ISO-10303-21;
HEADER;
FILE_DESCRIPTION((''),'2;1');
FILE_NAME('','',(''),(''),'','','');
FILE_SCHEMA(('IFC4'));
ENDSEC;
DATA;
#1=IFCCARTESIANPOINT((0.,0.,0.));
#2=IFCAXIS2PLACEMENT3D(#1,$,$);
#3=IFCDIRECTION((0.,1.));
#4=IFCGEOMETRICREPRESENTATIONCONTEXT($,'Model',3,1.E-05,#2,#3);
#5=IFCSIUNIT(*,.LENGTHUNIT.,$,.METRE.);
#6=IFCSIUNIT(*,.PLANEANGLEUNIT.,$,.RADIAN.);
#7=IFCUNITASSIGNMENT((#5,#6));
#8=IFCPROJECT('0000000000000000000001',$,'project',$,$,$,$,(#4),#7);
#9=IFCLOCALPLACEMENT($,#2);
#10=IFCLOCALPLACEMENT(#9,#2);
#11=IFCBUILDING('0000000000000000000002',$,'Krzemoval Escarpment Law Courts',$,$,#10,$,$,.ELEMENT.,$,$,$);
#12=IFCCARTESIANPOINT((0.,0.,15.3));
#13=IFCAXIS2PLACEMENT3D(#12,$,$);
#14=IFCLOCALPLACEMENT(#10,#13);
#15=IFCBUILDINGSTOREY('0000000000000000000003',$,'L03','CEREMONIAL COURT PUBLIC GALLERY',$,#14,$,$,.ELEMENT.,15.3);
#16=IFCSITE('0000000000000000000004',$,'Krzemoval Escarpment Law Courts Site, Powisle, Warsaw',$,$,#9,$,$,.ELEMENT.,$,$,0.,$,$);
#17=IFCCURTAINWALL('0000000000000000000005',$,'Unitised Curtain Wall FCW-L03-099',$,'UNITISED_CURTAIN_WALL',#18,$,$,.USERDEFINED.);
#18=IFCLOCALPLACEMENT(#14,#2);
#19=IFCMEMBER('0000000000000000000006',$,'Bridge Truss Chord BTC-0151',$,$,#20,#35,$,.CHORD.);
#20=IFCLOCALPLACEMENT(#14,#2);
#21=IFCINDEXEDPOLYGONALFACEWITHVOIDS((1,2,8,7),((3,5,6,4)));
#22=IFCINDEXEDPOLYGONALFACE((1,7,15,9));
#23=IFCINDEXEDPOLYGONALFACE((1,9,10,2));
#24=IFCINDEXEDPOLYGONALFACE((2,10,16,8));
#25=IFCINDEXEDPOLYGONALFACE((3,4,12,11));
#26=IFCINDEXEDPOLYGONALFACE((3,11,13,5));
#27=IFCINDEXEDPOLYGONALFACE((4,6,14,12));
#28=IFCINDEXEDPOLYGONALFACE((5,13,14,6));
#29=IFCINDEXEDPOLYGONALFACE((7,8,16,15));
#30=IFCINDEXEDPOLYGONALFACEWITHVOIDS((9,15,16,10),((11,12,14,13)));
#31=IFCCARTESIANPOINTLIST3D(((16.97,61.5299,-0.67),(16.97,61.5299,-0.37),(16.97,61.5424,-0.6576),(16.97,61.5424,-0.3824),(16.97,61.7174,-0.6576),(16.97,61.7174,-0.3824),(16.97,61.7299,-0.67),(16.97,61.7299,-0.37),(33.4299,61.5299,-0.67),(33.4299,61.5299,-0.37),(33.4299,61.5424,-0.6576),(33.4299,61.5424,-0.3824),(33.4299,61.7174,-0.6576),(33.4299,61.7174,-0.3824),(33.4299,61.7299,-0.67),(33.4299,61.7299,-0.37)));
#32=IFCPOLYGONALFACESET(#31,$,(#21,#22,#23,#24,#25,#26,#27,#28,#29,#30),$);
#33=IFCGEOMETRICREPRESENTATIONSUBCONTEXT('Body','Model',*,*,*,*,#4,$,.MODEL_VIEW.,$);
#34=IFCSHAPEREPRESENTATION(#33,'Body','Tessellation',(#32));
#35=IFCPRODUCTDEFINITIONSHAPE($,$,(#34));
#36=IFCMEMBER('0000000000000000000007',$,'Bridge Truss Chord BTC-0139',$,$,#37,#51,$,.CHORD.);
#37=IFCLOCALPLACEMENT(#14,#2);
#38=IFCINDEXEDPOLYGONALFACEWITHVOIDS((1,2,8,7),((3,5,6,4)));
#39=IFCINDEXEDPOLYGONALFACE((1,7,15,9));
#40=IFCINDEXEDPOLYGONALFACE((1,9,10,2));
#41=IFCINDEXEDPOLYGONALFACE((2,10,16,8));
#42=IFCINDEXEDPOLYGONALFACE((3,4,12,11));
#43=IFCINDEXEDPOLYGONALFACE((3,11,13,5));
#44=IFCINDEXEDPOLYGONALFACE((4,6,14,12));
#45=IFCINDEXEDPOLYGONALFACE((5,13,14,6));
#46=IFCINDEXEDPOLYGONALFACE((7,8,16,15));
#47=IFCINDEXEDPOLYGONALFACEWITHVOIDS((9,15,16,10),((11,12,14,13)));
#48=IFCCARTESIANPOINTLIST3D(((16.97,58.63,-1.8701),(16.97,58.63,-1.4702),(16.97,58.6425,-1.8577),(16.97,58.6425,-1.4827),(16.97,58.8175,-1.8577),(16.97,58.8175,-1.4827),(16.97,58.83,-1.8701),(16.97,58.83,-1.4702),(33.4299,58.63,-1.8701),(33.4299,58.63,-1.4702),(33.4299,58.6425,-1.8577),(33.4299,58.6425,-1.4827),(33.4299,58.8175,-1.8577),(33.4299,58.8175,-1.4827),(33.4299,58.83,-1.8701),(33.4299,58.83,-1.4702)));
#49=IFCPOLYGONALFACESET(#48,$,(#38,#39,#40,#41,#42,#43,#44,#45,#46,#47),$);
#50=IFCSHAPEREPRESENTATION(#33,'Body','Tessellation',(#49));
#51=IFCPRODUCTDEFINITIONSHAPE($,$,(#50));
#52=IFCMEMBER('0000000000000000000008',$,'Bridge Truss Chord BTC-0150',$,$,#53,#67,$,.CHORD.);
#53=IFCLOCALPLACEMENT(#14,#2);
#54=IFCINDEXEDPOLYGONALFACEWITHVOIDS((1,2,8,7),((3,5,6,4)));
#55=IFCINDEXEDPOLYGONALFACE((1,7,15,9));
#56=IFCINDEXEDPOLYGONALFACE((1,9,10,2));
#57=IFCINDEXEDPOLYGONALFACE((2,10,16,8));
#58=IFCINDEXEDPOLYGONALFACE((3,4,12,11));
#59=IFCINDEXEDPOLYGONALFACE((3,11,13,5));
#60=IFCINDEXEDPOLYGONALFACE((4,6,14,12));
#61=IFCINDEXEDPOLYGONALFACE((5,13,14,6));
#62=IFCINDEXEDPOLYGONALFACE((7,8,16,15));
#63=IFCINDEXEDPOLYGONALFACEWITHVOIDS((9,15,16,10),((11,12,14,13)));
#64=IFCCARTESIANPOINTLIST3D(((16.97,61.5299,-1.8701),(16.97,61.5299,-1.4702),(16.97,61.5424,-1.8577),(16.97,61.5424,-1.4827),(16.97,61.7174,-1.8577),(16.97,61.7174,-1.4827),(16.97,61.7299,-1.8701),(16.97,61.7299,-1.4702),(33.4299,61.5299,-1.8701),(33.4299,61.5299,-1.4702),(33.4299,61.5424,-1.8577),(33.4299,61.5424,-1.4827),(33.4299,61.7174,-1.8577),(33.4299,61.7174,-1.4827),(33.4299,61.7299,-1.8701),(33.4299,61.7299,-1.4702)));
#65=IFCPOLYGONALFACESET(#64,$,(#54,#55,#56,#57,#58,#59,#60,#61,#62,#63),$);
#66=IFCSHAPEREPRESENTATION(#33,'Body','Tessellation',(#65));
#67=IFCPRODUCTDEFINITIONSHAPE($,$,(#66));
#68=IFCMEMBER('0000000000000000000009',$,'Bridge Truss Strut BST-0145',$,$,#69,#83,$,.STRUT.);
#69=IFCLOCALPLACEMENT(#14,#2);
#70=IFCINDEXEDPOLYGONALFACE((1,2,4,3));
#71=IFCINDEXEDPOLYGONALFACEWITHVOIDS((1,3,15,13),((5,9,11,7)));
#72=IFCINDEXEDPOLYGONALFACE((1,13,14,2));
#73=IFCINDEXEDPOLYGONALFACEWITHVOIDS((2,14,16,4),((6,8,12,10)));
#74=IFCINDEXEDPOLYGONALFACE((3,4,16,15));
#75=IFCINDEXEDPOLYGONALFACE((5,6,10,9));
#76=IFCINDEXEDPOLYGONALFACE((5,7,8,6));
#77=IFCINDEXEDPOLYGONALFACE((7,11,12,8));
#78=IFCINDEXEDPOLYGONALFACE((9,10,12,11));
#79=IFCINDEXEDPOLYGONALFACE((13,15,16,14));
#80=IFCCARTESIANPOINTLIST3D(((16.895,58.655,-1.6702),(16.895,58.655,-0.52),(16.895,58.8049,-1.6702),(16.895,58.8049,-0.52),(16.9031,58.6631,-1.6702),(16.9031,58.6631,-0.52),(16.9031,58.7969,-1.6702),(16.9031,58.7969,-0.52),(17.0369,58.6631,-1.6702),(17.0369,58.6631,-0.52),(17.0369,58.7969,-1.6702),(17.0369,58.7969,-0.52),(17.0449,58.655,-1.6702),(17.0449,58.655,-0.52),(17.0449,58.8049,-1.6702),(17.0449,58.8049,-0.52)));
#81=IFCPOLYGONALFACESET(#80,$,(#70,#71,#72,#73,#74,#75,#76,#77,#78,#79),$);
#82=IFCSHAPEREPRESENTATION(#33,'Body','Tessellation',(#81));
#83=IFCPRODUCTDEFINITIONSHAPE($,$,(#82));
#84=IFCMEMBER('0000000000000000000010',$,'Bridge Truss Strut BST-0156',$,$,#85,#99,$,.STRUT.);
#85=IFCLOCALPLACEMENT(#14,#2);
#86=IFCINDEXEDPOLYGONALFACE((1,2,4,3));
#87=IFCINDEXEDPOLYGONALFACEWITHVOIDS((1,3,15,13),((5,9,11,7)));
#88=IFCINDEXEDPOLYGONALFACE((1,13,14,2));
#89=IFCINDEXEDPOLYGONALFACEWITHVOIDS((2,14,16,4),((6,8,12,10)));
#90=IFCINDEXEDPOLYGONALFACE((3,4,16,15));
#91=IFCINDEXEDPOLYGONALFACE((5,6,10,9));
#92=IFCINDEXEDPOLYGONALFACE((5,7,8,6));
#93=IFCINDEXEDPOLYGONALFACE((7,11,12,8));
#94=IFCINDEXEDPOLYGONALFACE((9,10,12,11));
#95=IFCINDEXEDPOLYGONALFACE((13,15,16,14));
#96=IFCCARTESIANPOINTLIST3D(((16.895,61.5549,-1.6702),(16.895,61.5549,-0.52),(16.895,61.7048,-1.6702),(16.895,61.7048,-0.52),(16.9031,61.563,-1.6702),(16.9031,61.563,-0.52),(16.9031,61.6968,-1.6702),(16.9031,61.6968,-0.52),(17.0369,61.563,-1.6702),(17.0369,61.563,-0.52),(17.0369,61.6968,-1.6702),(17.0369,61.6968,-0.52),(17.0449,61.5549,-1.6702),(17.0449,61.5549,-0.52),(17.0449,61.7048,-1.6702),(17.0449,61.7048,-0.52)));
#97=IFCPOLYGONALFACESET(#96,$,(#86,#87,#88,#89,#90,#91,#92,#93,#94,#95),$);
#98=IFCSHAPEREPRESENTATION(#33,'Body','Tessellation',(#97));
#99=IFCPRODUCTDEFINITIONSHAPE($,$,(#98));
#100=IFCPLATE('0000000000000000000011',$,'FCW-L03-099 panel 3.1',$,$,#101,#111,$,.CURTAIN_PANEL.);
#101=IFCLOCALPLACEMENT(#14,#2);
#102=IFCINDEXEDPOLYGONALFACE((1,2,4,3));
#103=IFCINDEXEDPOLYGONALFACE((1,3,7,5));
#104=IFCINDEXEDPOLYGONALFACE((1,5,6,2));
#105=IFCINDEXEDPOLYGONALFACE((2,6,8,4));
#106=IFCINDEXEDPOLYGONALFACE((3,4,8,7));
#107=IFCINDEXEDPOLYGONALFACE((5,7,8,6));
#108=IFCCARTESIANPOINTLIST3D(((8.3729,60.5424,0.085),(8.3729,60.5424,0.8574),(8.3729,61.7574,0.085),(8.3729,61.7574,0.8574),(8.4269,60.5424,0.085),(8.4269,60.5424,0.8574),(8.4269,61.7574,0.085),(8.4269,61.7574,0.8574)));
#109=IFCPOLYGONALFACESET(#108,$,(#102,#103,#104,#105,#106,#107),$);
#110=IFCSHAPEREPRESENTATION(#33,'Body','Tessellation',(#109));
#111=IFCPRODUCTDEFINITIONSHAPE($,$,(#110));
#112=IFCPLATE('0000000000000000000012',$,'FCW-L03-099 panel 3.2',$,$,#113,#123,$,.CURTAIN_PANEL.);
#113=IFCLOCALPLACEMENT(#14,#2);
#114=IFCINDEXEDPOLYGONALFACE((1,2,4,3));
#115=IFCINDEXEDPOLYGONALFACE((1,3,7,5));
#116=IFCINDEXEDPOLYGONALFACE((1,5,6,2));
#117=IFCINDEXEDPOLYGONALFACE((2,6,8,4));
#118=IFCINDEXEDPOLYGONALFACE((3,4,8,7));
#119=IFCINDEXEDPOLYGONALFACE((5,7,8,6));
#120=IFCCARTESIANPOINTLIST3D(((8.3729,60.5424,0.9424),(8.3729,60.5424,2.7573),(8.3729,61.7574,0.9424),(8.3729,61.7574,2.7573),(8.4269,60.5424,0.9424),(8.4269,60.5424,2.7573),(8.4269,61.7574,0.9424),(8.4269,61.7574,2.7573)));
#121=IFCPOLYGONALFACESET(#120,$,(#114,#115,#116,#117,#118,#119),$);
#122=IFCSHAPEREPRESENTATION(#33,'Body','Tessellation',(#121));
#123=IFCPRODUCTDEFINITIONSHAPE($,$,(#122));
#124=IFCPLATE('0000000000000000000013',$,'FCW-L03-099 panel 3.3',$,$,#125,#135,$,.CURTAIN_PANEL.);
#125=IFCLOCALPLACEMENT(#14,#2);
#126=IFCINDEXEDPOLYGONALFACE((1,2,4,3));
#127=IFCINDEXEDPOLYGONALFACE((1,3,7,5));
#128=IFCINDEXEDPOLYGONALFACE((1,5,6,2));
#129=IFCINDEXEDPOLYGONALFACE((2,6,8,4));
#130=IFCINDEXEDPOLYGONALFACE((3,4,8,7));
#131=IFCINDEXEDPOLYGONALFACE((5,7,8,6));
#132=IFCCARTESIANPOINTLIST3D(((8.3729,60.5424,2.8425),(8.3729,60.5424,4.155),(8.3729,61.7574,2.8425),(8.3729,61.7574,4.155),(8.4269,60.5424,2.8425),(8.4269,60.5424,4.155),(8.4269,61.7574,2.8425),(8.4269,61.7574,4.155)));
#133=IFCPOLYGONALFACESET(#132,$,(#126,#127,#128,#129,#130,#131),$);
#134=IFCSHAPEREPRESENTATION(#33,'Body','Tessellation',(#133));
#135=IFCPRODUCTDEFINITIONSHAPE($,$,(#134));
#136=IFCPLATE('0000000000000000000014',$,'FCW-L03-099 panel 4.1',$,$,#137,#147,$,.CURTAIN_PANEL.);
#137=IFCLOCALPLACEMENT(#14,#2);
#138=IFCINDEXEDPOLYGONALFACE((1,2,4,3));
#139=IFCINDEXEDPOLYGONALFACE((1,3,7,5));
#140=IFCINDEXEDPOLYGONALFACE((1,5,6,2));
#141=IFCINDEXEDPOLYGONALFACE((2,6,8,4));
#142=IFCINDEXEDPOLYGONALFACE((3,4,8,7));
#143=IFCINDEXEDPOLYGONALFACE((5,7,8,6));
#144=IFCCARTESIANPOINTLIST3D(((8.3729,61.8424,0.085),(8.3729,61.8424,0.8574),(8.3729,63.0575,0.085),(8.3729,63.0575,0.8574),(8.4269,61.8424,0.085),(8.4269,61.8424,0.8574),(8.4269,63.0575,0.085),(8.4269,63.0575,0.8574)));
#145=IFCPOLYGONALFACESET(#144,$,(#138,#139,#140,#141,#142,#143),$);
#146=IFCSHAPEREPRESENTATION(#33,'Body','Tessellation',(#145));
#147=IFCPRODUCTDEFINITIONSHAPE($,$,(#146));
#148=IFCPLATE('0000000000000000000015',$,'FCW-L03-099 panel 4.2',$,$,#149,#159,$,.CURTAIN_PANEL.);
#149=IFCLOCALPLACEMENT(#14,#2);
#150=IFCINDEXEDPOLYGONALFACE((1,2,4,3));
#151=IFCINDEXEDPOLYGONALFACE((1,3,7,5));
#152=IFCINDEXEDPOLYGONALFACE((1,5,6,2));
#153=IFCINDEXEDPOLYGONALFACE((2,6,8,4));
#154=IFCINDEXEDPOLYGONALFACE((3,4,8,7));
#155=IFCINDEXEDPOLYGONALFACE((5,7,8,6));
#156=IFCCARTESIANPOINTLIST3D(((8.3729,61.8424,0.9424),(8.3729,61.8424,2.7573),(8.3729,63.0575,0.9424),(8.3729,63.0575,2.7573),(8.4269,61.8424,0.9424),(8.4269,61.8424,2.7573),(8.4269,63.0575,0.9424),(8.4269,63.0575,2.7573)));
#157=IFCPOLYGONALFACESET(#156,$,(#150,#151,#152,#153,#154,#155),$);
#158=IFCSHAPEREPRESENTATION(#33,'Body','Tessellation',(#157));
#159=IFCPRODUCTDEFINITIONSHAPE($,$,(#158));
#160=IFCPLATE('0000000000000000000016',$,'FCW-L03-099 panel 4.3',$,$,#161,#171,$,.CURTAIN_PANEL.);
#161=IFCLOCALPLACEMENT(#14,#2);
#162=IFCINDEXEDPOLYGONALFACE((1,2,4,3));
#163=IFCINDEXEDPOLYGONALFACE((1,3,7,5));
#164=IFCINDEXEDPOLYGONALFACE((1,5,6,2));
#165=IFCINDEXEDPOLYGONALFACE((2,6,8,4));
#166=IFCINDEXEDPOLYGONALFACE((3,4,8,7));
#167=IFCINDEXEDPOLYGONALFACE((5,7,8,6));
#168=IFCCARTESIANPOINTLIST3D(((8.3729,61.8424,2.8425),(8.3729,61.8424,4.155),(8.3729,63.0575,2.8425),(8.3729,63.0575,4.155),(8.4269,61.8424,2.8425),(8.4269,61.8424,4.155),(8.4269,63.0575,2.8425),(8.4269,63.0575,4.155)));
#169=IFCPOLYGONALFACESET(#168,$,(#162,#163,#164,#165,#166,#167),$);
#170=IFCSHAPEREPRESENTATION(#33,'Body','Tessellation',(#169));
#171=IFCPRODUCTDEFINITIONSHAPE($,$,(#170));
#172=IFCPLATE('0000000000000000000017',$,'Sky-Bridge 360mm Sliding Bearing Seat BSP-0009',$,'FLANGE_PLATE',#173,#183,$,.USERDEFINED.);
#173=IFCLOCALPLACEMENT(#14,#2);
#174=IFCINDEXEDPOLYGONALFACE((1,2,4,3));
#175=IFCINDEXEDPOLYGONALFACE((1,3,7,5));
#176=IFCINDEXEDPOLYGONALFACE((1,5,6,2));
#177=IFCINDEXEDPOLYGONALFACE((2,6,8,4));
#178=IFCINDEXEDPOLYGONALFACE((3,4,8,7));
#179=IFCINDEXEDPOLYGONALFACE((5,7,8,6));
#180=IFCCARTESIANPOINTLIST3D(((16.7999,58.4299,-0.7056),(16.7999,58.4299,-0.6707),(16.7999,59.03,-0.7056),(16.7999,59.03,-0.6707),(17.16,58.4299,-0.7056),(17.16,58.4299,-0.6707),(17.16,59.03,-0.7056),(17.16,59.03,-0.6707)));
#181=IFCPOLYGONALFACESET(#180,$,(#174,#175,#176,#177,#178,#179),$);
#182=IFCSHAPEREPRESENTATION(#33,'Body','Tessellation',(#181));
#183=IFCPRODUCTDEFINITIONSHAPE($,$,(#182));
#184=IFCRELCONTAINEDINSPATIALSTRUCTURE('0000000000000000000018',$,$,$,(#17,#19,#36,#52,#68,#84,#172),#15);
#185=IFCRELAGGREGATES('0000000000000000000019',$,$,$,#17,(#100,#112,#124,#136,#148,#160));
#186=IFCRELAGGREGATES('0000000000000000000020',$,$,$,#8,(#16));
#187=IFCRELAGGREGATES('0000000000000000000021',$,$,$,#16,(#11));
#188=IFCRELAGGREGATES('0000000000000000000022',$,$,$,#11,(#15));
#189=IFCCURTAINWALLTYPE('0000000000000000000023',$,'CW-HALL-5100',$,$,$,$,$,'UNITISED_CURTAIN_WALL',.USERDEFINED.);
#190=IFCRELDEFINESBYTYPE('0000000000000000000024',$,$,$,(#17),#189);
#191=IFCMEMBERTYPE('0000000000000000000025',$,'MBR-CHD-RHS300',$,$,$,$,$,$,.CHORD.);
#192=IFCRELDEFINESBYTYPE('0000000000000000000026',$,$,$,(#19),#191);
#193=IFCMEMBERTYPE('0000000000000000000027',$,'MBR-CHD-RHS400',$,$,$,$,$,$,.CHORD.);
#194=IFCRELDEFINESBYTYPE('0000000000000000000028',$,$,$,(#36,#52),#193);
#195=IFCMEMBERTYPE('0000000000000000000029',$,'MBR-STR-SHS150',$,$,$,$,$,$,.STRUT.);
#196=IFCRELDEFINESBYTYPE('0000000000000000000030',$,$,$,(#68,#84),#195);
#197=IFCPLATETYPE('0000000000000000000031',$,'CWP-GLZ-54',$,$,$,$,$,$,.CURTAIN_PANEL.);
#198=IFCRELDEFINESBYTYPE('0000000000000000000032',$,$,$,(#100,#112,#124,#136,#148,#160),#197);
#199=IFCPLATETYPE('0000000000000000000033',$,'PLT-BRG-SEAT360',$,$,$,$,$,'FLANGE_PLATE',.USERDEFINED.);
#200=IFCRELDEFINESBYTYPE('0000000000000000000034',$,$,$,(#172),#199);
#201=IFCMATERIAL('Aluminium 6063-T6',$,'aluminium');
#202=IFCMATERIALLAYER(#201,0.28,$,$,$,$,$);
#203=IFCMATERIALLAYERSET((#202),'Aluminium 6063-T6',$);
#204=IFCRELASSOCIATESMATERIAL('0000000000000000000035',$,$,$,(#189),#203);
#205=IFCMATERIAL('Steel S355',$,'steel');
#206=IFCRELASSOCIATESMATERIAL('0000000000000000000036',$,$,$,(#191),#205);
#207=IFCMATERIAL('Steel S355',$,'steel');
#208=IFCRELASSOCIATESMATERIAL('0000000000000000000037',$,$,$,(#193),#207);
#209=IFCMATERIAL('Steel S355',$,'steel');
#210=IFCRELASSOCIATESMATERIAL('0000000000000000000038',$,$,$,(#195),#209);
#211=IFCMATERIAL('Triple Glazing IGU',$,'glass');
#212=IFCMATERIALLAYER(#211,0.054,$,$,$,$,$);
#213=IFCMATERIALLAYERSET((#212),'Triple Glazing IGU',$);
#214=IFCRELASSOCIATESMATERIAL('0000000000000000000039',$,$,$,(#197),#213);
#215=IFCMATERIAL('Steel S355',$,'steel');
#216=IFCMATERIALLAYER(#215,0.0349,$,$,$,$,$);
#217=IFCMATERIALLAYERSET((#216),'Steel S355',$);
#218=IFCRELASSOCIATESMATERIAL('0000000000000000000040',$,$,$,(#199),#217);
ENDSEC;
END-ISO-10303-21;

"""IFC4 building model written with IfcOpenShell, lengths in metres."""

from ifc_helpers import new_model, si_unit, direction, frame, origin, origin_2d, place, context, subcontext, project, spatial, rectangle, hollow_rectangle, extrude, material, layer, layer_set, material_profile, profile_set, type_object, element, aggregate, save


model = new_model("IFC4")

# Units and contexts
model_context = context("Model", 3, precision=1e-05, world=origin(), true_north=direction((0.0, 1.0)))
body_context = subcontext(model_context, "Body", "Model", "MODEL_VIEW")
ifc_project = project(units=[si_unit("LENGTHUNIT", "METRE"), si_unit("PLANEANGLEUNIT", "RADIAN")], contexts=[model_context])

# Site, building, storey
site_placement = place(None, origin())
site = spatial("IfcSite", under=ifc_project, at=site_placement, Name="Krzemoval Escarpment Law Courts Site, Powisle, Warsaw", CompositionType="ELEMENT", RefElevation=0.0)
building_placement = place(site_placement, origin())
building = spatial("IfcBuilding", under=site, at=building_placement, Name="Krzemoval Escarpment Law Courts", CompositionType="ELEMENT")
storey_placement = place(building_placement, frame((0.0, 0.0, 15.3)))
storey = spatial("IfcBuildingStorey", under=building, at=storey_placement, Name="L03", Description="CEREMONIAL COURT PUBLIC GALLERY", CompositionType="ELEMENT", Elevation=15.3)

# Curtain wall
ifc_material_1 = material(Name="Aluminium 6063-T6", Category="aluminium")
ifc_layer_1 = layer(ifc_material_1, 0.28)
ifc_layer_set_1 = layer_set([ifc_layer_1], Name="Aluminium 6063-T6")
curtain_wall_type = type_object("IfcCurtainWallType", Name="CW-HALL-5100", ElementType="UNITISED_CURTAIN_WALL", PredefinedType="USERDEFINED", material=ifc_layer_set_1)
curtain_wall_placement = place(storey_placement, origin())
curtain_wall = element("IfcCurtainWall", 1, at=curtain_wall_placement, inside=storey, type_object=curtain_wall_type, Name="Unitised Curtain Wall FCW-L03-099", ObjectType="UNITISED_CURTAIN_WALL", PredefinedType="USERDEFINED")

# Members
ifc_material_2 = material(Name="Steel S355", Category="steel")
ifc_material_profile_1 = material_profile(ifc_material_2, hollow_rectangle(XDim=0.2, YDim=0.3, WallThickness=0.0125, at=origin_2d()), Name="RHS 300x200x12.5")
ifc_profile_set_1 = profile_set([ifc_material_profile_1], Name="Steel S355")
member_type_1 = type_object("IfcMemberType", Name="MBR-CHD-RHS300", PredefinedType="CHORD", material=ifc_profile_set_1)
for number, where, z_axis, x_axis, name in (
    (2, (16.97, 61.6299, -0.52), (1.0, 0.0, 0.0), (0.0, 1.0, 0.0), "Bridge Truss Chord BTC-0151"),
):
    element("IfcMember", number, at=place(storey_placement, frame(where, z_axis=z_axis, x_axis=x_axis)), inside=storey, type_object=member_type_1, Name=name, PredefinedType="CHORD", context=body_context, shape_type="SweptSolid", body=[
        extrude(hollow_rectangle(XDim=0.2, YDim=0.3, WallThickness=0.0125, at=origin_2d()), origin(), (0.0, 0.0, 1.0), 16.46),
    ])
ifc_material_3 = material(Name="Steel S355", Category="steel")
ifc_material_profile_2 = material_profile(ifc_material_3, hollow_rectangle(XDim=0.2, YDim=0.3999, WallThickness=0.0125, at=origin_2d()), Name="RHS 400x200x12.5")
ifc_profile_set_2 = profile_set([ifc_material_profile_2], Name="Steel S355")
member_type_2 = type_object("IfcMemberType", Name="MBR-CHD-RHS400", PredefinedType="CHORD", material=ifc_profile_set_2)
for number, where, z_axis, x_axis, name in (
    (3, (16.97, 58.73, -1.6702), (1.0, 0.0, 0.0), (0.0, 1.0, 0.0), "Bridge Truss Chord BTC-0139"),
    (4, (16.97, 61.6299, -1.6702), (1.0, 0.0, 0.0), (0.0, 1.0, 0.0), "Bridge Truss Chord BTC-0150"),
):
    element("IfcMember", number, at=place(storey_placement, frame(where, z_axis=z_axis, x_axis=x_axis)), inside=storey, type_object=member_type_2, Name=name, PredefinedType="CHORD", context=body_context, shape_type="SweptSolid", body=[
        extrude(hollow_rectangle(XDim=0.2, YDim=0.3999, WallThickness=0.0125, at=origin_2d()), origin(), (0.0, 0.0, 1.0), 16.46),
    ])
ifc_material_4 = material(Name="Steel S355", Category="steel")
ifc_material_profile_3 = material_profile(ifc_material_4, hollow_rectangle(XDim=0.1499, YDim=0.1499, WallThickness=0.0081, at=origin_2d()), Name="SHS 150x150x8")
ifc_profile_set_3 = profile_set([ifc_material_profile_3], Name="Steel S355")
member_type_3 = type_object("IfcMemberType", Name="MBR-STR-SHS150", PredefinedType="STRUT", material=ifc_profile_set_3)
for number, where, z_axis, x_axis, name in (
    (5, (16.97, 58.73, -1.6702), (0.0, 0.0, 1.0), (1.0, 0.0, 0.0), "Bridge Truss Strut BST-0145"),
    (6, (16.97, 61.6299, -1.6702), (0.0, 0.0, 1.0), (1.0, 0.0, 0.0), "Bridge Truss Strut BST-0156"),
):
    element("IfcMember", number, at=place(storey_placement, frame(where, z_axis=z_axis, x_axis=x_axis)), inside=storey, type_object=member_type_3, Name=name, PredefinedType="STRUT", context=body_context, shape_type="SweptSolid", body=[
        extrude(hollow_rectangle(XDim=0.1499, YDim=0.1499, WallThickness=0.0081, at=origin_2d()), origin(), (0.0, 0.0, 1.0), 1.1501),
    ])

# Plates
ifc_material_5 = material(Name="Triple Glazing IGU", Category="glass")
ifc_layer_2 = layer(ifc_material_5, 0.054)
ifc_layer_set_2 = layer_set([ifc_layer_2], Name="Triple Glazing IGU")
plate_type_1 = type_object("IfcPlateType", Name="CWP-GLZ-54", PredefinedType="CURTAIN_PANEL", material=ifc_layer_set_2)
plate_1_placement = place(storey_placement, frame((8.3999, 61.1499, 0.085), z_axis=(0.0, 0.0, 1.0), x_axis=(0.0, 1.0, 0.0)))
plate_1 = element("IfcPlate", 7, at=plate_1_placement, type_object=plate_type_1, Name="FCW-L03-099 panel 3.1", PredefinedType="CURTAIN_PANEL", context=body_context, shape_type="SweptSolid", body=[
    extrude(rectangle(XDim=1.2151, YDim=0.054, at=origin_2d()), origin(), (0.0, 0.0, 1.0), 0.7725),
])
plate_2_placement = place(storey_placement, frame((8.3999, 61.1499, 0.9424), z_axis=(0.0, 0.0, 1.0), x_axis=(0.0, 1.0, 0.0)))
plate_2 = element("IfcPlate", 8, at=plate_2_placement, type_object=plate_type_1, Name="FCW-L03-099 panel 3.2", PredefinedType="CURTAIN_PANEL", context=body_context, shape_type="SweptSolid", body=[
    extrude(rectangle(XDim=1.2151, YDim=0.054, at=origin_2d()), origin(), (0.0, 0.0, 1.0), 1.8149),
])
plate_3_placement = place(storey_placement, frame((8.3999, 61.1499, 2.8425), z_axis=(0.0, 0.0, 1.0), x_axis=(0.0, 1.0, 0.0)))
plate_3 = element("IfcPlate", 9, at=plate_3_placement, type_object=plate_type_1, Name="FCW-L03-099 panel 3.3", PredefinedType="CURTAIN_PANEL", context=body_context, shape_type="SweptSolid", body=[
    extrude(rectangle(XDim=1.2151, YDim=0.054, at=origin_2d()), origin(), (0.0, 0.0, 1.0), 1.3125),
])
plate_4_placement = place(storey_placement, frame((8.3999, 62.45, 0.085), z_axis=(0.0, 0.0, 1.0), x_axis=(0.0, 1.0, 0.0)))
plate_4 = element("IfcPlate", 10, at=plate_4_placement, type_object=plate_type_1, Name="FCW-L03-099 panel 4.1", PredefinedType="CURTAIN_PANEL", context=body_context, shape_type="SweptSolid", body=[
    extrude(rectangle(XDim=1.2151, YDim=0.054, at=origin_2d()), origin(), (0.0, 0.0, 1.0), 0.7725),
])
plate_5_placement = place(storey_placement, frame((8.3999, 62.45, 0.9424), z_axis=(0.0, 0.0, 1.0), x_axis=(0.0, 1.0, 0.0)))
plate_5 = element("IfcPlate", 11, at=plate_5_placement, type_object=plate_type_1, Name="FCW-L03-099 panel 4.2", PredefinedType="CURTAIN_PANEL", context=body_context, shape_type="SweptSolid", body=[
    extrude(rectangle(XDim=1.2151, YDim=0.054, at=origin_2d()), origin(), (0.0, 0.0, 1.0), 1.8149),
])
plate_6_placement = place(storey_placement, frame((8.3999, 62.45, 2.8425), z_axis=(0.0, 0.0, 1.0), x_axis=(0.0, 1.0, 0.0)))
plate_6 = element("IfcPlate", 12, at=plate_6_placement, type_object=plate_type_1, Name="FCW-L03-099 panel 4.3", PredefinedType="CURTAIN_PANEL", context=body_context, shape_type="SweptSolid", body=[
    extrude(rectangle(XDim=1.2151, YDim=0.054, at=origin_2d()), origin(), (0.0, 0.0, 1.0), 1.3125),
])
aggregate(curtain_wall, [plate_1, plate_2, plate_3, plate_4, plate_5, plate_6])

# Plate
ifc_material_6 = material(Name="Steel S355", Category="steel")
ifc_layer_3 = layer(ifc_material_6, 0.0349)
ifc_layer_set_3 = layer_set([ifc_layer_3], Name="Steel S355")
plate_type_2 = type_object("IfcPlateType", Name="PLT-BRG-SEAT360", ElementType="FLANGE_PLATE", PredefinedType="USERDEFINED", material=ifc_layer_set_3)
plate_7_placement = place(storey_placement, frame((16.98, 58.73, -0.7056), z_axis=(0.0, 0.0, 1.0), x_axis=(1.0, 0.0, 0.0)))
element("IfcPlate", 13, at=plate_7_placement, inside=storey, type_object=plate_type_2, Name="Sky-Bridge 360mm Sliding Bearing Seat BSP-0009", ObjectType="FLANGE_PLATE", PredefinedType="USERDEFINED", context=body_context, shape_type="SweptSolid", body=[
    extrude(rectangle(XDim=0.3601, YDim=0.6001, at=origin_2d()), origin(), (0.0, 0.0, 1.0), 0.0349),
])

save(model, "model.ifc")
